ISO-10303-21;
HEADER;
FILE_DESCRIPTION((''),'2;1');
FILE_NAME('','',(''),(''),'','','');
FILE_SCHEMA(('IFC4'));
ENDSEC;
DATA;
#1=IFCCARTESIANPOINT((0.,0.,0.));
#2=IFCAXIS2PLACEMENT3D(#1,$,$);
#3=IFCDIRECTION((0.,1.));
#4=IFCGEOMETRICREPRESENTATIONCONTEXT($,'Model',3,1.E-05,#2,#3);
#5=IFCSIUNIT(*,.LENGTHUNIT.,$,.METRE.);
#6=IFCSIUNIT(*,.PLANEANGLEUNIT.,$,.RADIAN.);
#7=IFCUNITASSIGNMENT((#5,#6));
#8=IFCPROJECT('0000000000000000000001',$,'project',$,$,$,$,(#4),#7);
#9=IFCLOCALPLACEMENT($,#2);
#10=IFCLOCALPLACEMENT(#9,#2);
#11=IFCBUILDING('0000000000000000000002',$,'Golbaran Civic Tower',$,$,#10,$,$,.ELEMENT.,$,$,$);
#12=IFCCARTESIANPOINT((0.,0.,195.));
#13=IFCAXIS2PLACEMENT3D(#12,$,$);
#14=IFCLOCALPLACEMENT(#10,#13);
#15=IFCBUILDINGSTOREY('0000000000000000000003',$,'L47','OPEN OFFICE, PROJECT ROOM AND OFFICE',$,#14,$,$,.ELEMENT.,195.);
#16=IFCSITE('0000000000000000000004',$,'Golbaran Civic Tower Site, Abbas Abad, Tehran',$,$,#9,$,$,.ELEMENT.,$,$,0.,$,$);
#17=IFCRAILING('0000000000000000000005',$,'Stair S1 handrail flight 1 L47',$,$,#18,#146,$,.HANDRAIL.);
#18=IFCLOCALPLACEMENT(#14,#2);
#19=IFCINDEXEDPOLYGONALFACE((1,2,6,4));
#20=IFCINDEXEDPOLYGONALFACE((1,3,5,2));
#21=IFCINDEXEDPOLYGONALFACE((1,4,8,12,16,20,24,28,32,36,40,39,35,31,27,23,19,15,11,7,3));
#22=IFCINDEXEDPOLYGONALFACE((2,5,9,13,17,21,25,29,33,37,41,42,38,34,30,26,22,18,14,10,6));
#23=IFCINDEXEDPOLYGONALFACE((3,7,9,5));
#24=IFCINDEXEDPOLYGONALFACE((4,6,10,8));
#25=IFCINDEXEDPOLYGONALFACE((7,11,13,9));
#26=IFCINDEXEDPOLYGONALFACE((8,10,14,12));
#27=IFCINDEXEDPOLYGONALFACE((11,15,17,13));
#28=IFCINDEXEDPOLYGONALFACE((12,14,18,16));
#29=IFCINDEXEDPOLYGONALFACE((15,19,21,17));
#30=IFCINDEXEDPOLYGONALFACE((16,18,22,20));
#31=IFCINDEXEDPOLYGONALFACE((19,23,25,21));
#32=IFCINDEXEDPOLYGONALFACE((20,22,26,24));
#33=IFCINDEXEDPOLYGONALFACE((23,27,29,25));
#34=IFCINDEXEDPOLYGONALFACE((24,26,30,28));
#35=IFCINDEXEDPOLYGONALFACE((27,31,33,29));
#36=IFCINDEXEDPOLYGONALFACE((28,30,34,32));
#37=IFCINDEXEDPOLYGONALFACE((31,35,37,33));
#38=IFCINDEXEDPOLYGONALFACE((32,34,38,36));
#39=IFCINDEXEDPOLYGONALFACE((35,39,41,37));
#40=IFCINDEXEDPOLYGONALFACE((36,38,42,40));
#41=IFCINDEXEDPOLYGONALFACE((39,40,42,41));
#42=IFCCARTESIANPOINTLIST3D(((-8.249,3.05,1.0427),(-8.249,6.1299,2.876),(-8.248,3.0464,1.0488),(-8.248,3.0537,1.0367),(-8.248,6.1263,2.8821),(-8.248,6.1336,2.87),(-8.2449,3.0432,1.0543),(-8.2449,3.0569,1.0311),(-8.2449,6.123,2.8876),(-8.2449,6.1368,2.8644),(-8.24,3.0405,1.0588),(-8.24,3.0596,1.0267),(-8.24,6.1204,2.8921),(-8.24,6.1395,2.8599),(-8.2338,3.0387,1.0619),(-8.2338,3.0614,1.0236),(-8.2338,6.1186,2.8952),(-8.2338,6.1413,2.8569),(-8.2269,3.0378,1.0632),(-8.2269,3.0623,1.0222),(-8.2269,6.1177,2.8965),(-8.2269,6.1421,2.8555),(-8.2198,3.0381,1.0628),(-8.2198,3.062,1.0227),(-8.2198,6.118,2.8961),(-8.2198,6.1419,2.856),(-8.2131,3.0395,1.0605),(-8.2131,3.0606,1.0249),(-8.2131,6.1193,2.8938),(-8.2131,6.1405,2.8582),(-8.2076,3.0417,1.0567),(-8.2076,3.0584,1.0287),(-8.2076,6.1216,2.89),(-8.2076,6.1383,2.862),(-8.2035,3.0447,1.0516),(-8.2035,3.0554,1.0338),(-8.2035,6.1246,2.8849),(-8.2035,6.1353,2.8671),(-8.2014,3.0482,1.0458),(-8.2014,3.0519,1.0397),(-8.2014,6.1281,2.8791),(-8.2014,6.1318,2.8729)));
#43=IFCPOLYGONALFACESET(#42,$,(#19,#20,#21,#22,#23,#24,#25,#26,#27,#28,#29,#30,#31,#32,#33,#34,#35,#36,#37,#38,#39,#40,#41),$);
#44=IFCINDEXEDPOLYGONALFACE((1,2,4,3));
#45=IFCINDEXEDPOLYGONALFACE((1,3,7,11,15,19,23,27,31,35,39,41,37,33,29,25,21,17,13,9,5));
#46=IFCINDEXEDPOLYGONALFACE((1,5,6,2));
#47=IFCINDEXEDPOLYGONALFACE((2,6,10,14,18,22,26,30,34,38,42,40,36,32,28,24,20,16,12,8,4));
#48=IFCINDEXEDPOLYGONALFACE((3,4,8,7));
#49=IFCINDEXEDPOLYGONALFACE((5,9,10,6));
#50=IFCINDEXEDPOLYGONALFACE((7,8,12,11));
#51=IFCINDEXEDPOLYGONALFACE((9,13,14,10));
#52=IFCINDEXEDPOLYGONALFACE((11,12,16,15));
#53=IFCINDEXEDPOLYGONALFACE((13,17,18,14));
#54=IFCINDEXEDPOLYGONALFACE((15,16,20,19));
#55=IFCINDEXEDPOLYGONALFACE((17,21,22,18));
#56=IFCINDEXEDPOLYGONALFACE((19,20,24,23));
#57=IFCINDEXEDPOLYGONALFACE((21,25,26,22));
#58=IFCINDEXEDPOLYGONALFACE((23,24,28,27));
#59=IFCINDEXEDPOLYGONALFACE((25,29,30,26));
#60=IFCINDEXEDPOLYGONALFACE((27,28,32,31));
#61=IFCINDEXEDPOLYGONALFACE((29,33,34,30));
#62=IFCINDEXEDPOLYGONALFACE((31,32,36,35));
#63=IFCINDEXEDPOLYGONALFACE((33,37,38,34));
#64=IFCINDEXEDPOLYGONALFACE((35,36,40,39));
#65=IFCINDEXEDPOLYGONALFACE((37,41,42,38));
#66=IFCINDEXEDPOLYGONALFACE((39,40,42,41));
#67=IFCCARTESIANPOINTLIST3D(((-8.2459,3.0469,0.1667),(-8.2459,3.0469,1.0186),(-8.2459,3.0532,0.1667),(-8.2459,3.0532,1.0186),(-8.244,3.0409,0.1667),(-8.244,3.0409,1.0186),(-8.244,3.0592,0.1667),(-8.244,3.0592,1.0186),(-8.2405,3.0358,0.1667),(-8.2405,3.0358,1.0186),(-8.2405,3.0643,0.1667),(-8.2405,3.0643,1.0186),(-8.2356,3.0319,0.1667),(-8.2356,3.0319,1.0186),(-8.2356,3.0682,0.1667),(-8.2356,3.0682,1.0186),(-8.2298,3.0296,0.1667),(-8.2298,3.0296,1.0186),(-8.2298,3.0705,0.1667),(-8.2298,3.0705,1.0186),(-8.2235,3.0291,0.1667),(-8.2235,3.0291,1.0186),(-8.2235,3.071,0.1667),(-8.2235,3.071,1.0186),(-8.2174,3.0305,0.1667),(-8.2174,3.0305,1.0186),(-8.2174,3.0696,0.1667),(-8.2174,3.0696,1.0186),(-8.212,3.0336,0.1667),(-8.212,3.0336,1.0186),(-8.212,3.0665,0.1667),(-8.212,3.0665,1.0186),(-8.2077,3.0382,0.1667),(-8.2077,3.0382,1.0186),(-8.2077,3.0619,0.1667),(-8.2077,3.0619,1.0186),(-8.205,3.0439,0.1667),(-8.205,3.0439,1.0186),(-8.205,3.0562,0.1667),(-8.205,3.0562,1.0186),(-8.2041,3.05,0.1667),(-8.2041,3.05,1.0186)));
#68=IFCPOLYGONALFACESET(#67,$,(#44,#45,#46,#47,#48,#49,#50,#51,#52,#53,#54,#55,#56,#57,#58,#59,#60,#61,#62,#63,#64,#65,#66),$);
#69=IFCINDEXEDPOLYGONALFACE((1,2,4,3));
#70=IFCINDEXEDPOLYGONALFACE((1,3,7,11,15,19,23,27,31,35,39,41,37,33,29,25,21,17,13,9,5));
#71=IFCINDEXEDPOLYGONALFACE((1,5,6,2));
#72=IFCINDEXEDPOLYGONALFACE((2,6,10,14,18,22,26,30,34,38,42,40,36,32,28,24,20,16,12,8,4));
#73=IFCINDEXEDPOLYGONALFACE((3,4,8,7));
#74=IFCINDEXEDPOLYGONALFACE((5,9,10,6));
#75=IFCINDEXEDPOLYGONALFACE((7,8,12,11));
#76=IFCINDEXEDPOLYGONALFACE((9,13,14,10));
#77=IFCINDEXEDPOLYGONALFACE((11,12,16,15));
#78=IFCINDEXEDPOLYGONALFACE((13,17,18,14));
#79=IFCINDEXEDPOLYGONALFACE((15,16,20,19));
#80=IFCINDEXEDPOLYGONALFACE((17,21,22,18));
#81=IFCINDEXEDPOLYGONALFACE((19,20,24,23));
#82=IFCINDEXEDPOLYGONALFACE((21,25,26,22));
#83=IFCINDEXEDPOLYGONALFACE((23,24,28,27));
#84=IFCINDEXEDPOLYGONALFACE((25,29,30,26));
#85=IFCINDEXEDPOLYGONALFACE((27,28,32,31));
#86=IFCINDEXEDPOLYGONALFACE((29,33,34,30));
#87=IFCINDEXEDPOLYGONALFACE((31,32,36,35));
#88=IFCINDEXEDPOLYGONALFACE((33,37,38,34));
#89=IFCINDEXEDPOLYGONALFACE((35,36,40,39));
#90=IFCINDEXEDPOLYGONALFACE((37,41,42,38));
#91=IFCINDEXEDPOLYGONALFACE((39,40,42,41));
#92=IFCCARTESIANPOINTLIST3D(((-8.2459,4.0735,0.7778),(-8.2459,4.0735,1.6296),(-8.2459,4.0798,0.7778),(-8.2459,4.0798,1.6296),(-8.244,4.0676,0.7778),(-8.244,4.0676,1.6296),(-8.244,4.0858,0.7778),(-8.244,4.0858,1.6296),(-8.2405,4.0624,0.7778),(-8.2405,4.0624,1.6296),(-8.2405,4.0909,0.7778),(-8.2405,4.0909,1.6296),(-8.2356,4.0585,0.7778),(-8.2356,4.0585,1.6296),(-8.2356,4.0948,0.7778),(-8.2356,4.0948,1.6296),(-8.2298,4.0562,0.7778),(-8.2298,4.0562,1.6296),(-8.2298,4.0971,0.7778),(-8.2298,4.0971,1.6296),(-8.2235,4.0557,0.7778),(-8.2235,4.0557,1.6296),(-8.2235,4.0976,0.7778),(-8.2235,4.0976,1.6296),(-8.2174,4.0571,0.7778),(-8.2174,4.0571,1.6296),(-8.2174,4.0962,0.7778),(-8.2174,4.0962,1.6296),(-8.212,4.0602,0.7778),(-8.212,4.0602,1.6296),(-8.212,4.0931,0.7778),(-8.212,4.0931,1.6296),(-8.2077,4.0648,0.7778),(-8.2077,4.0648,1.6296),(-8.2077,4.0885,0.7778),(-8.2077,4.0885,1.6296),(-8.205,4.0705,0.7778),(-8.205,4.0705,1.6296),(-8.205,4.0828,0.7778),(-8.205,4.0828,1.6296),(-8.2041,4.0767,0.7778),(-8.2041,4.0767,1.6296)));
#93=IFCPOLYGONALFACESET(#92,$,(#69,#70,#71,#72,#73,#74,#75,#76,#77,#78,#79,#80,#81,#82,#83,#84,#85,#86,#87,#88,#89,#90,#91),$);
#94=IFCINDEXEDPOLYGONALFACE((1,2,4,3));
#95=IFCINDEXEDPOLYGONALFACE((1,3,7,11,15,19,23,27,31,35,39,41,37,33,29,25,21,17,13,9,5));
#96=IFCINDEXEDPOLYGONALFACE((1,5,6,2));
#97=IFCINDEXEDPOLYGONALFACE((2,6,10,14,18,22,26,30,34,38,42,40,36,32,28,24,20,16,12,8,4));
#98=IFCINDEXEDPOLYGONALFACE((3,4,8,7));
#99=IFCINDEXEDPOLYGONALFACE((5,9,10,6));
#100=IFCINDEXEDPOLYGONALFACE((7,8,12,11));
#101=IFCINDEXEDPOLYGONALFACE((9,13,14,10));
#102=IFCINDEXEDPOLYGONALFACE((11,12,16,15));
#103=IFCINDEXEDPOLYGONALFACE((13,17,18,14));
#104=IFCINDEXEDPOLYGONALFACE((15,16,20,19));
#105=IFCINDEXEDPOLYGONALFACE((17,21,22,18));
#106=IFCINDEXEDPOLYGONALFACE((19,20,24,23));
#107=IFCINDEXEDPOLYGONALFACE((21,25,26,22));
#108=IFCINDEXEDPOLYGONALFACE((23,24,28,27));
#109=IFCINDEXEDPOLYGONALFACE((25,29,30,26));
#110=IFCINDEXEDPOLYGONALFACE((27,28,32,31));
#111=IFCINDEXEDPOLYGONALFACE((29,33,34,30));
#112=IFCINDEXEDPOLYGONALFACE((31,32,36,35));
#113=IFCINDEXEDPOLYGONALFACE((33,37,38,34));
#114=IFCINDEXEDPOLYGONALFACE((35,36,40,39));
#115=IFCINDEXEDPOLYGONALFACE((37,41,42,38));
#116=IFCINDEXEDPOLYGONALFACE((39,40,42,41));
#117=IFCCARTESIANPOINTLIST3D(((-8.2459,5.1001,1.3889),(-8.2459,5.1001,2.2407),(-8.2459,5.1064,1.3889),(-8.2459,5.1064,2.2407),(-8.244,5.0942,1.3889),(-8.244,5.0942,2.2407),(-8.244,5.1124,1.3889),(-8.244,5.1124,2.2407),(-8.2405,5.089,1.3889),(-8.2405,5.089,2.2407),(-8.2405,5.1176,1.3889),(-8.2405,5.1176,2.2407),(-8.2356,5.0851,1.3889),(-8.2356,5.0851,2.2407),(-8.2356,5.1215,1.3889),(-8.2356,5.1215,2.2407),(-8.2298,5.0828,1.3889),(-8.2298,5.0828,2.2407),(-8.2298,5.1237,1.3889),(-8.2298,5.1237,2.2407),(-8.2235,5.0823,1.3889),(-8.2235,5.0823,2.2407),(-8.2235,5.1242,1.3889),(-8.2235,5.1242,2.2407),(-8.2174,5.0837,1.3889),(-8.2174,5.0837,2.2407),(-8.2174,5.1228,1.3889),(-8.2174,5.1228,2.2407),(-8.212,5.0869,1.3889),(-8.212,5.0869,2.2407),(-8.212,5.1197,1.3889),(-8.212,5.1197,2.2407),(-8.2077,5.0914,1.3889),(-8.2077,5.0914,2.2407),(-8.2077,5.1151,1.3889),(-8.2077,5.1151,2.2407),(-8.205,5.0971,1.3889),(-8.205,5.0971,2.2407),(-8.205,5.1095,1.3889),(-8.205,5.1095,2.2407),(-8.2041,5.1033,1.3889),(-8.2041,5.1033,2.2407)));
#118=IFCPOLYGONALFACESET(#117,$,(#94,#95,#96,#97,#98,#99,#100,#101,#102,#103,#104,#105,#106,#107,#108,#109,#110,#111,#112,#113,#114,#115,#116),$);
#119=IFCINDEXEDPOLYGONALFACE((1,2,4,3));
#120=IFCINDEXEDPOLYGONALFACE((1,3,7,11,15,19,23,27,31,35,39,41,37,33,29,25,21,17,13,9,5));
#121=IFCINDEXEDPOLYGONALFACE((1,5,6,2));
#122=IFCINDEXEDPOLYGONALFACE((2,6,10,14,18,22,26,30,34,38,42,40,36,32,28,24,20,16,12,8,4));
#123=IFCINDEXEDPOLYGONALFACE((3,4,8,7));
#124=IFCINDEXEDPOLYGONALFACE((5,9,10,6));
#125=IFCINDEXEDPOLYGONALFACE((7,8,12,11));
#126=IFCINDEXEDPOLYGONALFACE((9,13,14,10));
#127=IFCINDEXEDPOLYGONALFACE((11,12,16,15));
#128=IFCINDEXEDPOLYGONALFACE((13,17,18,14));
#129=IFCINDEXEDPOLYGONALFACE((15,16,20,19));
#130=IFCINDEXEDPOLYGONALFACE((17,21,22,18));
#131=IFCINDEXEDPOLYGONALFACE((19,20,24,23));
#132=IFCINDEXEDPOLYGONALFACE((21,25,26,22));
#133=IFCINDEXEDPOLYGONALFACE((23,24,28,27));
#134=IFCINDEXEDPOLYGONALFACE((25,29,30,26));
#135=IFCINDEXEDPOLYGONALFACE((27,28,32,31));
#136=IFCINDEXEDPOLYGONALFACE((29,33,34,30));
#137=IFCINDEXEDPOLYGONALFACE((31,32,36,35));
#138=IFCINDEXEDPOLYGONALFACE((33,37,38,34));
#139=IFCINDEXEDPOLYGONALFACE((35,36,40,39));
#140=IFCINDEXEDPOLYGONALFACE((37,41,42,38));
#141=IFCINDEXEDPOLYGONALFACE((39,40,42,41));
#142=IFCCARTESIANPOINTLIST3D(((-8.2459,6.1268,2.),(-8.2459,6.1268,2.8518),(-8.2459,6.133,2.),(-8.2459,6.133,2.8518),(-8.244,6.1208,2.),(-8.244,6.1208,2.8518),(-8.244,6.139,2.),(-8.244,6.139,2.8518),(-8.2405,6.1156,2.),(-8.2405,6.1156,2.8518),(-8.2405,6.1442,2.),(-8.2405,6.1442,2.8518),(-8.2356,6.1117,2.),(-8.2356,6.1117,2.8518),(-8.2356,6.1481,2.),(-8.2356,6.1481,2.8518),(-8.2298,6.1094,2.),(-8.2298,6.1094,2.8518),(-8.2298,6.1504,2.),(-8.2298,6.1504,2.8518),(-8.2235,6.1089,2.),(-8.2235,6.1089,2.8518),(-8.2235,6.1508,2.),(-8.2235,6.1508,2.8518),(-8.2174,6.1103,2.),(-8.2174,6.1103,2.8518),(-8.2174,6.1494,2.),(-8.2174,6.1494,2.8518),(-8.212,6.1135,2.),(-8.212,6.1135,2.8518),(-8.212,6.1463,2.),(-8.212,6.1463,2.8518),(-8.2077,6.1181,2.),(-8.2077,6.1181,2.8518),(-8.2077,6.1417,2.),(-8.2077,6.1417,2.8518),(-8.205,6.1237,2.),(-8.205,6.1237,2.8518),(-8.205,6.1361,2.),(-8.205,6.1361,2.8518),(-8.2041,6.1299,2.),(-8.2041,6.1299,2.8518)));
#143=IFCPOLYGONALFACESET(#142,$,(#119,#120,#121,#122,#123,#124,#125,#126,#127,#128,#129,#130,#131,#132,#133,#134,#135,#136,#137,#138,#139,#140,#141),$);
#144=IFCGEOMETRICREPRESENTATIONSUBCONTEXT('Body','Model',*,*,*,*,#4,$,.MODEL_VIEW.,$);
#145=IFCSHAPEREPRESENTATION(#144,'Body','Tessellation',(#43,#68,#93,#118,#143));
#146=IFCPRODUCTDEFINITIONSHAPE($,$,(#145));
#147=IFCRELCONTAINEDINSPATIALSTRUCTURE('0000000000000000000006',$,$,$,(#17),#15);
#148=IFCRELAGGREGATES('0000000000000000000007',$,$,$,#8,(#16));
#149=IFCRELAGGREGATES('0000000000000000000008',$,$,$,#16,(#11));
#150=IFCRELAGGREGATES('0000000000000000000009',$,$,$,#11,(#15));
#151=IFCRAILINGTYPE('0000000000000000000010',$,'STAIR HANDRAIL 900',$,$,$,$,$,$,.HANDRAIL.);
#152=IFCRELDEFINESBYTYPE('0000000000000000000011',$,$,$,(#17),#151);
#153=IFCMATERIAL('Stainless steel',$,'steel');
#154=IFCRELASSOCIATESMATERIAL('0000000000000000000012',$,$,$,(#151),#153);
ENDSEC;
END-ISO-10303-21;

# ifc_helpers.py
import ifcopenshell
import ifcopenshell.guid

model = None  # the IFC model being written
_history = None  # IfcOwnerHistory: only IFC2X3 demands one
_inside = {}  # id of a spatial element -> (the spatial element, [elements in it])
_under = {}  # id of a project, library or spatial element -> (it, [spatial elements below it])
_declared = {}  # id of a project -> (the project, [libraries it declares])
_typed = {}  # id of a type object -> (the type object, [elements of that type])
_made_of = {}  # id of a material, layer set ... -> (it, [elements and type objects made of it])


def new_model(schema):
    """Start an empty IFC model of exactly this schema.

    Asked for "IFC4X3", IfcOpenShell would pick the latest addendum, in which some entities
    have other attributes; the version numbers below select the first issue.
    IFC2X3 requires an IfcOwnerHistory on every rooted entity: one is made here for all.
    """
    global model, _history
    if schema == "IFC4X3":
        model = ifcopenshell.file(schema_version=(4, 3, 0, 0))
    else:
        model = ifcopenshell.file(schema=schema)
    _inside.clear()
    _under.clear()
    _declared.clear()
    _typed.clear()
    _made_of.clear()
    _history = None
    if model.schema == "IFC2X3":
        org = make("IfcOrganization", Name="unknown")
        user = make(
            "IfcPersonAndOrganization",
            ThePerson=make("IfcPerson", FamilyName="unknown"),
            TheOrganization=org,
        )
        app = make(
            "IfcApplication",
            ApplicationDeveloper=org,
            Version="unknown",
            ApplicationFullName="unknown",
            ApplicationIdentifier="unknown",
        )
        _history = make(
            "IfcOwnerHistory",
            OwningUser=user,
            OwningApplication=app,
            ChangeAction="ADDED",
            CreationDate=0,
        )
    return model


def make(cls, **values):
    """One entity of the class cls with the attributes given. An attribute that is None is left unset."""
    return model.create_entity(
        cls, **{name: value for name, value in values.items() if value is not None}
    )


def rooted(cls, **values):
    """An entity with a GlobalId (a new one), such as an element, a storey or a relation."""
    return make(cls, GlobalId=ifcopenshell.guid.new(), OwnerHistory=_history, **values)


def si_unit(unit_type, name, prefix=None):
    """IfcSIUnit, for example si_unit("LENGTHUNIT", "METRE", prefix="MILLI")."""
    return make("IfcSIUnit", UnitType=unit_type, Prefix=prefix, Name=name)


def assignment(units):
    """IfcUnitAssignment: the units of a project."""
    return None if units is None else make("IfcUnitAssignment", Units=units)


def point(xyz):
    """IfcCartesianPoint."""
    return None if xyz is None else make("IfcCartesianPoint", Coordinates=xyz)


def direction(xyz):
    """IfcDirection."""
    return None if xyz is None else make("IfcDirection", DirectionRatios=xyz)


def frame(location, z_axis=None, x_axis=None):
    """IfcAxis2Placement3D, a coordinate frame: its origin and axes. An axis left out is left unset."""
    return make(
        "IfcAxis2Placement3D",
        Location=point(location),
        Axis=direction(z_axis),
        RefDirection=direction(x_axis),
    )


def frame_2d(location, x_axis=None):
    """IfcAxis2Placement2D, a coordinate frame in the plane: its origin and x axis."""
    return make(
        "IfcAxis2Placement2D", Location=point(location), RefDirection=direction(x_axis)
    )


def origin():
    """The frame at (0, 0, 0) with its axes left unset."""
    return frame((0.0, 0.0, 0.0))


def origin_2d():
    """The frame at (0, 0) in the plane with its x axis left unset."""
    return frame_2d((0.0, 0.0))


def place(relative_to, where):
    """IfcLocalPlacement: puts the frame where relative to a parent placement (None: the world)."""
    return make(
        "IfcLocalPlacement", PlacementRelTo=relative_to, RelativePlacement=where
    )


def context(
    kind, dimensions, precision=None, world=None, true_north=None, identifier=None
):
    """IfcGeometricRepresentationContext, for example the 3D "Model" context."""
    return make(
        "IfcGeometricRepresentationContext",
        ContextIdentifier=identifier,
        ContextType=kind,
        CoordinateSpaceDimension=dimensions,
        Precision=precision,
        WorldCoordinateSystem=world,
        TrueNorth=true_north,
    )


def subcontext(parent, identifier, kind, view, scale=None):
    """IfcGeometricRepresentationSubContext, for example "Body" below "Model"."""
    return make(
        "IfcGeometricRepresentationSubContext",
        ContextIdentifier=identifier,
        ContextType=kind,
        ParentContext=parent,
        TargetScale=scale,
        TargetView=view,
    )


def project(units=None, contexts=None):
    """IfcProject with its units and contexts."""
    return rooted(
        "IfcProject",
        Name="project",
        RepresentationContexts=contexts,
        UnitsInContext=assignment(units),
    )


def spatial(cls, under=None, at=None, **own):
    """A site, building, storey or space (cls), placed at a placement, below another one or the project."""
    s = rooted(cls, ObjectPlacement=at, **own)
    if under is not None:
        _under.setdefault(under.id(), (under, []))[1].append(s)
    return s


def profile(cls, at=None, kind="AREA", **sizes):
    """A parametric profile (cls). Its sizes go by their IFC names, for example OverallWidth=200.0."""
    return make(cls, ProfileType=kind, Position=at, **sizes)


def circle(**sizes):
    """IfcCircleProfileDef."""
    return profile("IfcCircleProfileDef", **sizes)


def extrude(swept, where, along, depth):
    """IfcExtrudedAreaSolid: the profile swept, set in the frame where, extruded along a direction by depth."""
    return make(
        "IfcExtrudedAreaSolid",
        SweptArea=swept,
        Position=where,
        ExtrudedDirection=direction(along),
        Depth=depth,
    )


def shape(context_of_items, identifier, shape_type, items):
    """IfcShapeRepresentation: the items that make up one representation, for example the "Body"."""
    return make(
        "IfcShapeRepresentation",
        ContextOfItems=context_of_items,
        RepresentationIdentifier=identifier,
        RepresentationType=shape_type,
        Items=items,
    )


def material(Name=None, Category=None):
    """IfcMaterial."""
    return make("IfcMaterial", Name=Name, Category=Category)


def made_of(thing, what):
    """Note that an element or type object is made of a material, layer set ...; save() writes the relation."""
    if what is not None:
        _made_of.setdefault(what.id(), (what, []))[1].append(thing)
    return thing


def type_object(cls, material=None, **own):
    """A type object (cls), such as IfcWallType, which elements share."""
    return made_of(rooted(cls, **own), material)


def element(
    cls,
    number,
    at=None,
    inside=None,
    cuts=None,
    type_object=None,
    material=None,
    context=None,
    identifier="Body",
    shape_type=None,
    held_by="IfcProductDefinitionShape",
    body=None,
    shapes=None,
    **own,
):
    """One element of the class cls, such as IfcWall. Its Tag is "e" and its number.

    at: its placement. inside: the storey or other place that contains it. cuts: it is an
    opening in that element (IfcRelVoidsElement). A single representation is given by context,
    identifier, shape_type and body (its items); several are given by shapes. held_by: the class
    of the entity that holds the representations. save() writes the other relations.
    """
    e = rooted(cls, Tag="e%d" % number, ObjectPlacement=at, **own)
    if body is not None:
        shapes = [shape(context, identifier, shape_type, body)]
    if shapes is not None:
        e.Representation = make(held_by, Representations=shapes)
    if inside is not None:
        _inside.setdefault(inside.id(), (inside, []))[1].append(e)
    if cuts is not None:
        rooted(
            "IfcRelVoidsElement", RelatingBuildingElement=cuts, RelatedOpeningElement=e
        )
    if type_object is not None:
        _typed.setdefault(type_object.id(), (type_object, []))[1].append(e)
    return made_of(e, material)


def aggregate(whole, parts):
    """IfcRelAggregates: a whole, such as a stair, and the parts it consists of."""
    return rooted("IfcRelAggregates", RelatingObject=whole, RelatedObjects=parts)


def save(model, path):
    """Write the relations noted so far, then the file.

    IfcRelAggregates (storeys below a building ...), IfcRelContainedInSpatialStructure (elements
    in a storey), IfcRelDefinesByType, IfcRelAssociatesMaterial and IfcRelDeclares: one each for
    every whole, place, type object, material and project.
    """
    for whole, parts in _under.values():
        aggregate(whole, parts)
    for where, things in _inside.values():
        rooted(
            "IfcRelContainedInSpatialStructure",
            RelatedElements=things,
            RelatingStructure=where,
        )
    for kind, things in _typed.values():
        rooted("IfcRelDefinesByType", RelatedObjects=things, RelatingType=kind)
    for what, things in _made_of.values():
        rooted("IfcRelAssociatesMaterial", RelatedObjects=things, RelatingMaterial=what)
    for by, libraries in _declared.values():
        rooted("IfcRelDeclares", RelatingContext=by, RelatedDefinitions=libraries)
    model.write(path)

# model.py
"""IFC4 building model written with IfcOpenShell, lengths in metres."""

from ifc_helpers import new_model, si_unit, direction, frame, origin, origin_2d, place, context, subcontext, project, spatial, circle, extrude, material, type_object, element, save


model = new_model("IFC4")

# Units and contexts
model_context = context("Model", 3, precision=1e-05, world=origin(), true_north=direction((0.0, 1.0)))
body_context = subcontext(model_context, "Body", "Model", "MODEL_VIEW")
ifc_project = project(units=[si_unit("LENGTHUNIT", "METRE"), si_unit("PLANEANGLEUNIT", "RADIAN")], contexts=[model_context])

# Site, building, storey
site_placement = place(None, origin())
site = spatial("IfcSite", under=ifc_project, at=site_placement, Name="Golbaran Civic Tower Site, Abbas Abad, Tehran", CompositionType="ELEMENT", RefElevation=0.0)
building_placement = place(site_placement, origin())
building = spatial("IfcBuilding", under=site, at=building_placement, Name="Golbaran Civic Tower", CompositionType="ELEMENT")
storey_placement = place(building_placement, frame((0.0, 0.0, 195.0)))
storey = spatial("IfcBuildingStorey", under=building, at=storey_placement, Name="L47", Description="OPEN OFFICE, PROJECT ROOM AND OFFICE", CompositionType="ELEMENT", Elevation=195.0)

# Shared definitions
ifc_material_1 = material(Name="Stainless steel", Category="steel")

# Railing
railing_type = type_object("IfcRailingType", Name="STAIR HANDRAIL 900", PredefinedType="HANDRAIL", material=ifc_material_1)
railing_1_placement = place(storey_placement, frame((-8.2251, 3.05, 0.1667)))
element("IfcRailing", 1, at=railing_1_placement, inside=storey, type_object=railing_type, Name="Stair S1 handrail flight 1 L47", PredefinedType="HANDRAIL", context=body_context, shape_type="SweptSolid", body=[
    extrude(circle(Radius=0.0239, at=origin_2d()), frame((0.0, 0.0, 0.876), z_axis=(0.0, 0.859291, 0.511487), x_axis=(-1.0, 0.0, 0.0)), (0.0, 0.0, 1.0), 3.5842),
    extrude(circle(Radius=0.021, at=origin_2d()), origin(), (0.0, 0.0, 1.0), 0.8518),
    extrude(circle(Radius=0.021, at=origin_2d()), frame((0.0, 1.0266, 0.6111)), (0.0, 0.0, 1.0), 0.8518),
    extrude(circle(Radius=0.021, at=origin_2d()), frame((0.0, 2.0532, 1.2222)), (0.0, 0.0, 1.0), 0.8518),
    extrude(circle(Radius=0.021, at=origin_2d()), frame((0.0, 3.0798, 1.8333)), (0.0, 0.0, 1.0), 0.8518),
])

save(model, "model.ifc")
